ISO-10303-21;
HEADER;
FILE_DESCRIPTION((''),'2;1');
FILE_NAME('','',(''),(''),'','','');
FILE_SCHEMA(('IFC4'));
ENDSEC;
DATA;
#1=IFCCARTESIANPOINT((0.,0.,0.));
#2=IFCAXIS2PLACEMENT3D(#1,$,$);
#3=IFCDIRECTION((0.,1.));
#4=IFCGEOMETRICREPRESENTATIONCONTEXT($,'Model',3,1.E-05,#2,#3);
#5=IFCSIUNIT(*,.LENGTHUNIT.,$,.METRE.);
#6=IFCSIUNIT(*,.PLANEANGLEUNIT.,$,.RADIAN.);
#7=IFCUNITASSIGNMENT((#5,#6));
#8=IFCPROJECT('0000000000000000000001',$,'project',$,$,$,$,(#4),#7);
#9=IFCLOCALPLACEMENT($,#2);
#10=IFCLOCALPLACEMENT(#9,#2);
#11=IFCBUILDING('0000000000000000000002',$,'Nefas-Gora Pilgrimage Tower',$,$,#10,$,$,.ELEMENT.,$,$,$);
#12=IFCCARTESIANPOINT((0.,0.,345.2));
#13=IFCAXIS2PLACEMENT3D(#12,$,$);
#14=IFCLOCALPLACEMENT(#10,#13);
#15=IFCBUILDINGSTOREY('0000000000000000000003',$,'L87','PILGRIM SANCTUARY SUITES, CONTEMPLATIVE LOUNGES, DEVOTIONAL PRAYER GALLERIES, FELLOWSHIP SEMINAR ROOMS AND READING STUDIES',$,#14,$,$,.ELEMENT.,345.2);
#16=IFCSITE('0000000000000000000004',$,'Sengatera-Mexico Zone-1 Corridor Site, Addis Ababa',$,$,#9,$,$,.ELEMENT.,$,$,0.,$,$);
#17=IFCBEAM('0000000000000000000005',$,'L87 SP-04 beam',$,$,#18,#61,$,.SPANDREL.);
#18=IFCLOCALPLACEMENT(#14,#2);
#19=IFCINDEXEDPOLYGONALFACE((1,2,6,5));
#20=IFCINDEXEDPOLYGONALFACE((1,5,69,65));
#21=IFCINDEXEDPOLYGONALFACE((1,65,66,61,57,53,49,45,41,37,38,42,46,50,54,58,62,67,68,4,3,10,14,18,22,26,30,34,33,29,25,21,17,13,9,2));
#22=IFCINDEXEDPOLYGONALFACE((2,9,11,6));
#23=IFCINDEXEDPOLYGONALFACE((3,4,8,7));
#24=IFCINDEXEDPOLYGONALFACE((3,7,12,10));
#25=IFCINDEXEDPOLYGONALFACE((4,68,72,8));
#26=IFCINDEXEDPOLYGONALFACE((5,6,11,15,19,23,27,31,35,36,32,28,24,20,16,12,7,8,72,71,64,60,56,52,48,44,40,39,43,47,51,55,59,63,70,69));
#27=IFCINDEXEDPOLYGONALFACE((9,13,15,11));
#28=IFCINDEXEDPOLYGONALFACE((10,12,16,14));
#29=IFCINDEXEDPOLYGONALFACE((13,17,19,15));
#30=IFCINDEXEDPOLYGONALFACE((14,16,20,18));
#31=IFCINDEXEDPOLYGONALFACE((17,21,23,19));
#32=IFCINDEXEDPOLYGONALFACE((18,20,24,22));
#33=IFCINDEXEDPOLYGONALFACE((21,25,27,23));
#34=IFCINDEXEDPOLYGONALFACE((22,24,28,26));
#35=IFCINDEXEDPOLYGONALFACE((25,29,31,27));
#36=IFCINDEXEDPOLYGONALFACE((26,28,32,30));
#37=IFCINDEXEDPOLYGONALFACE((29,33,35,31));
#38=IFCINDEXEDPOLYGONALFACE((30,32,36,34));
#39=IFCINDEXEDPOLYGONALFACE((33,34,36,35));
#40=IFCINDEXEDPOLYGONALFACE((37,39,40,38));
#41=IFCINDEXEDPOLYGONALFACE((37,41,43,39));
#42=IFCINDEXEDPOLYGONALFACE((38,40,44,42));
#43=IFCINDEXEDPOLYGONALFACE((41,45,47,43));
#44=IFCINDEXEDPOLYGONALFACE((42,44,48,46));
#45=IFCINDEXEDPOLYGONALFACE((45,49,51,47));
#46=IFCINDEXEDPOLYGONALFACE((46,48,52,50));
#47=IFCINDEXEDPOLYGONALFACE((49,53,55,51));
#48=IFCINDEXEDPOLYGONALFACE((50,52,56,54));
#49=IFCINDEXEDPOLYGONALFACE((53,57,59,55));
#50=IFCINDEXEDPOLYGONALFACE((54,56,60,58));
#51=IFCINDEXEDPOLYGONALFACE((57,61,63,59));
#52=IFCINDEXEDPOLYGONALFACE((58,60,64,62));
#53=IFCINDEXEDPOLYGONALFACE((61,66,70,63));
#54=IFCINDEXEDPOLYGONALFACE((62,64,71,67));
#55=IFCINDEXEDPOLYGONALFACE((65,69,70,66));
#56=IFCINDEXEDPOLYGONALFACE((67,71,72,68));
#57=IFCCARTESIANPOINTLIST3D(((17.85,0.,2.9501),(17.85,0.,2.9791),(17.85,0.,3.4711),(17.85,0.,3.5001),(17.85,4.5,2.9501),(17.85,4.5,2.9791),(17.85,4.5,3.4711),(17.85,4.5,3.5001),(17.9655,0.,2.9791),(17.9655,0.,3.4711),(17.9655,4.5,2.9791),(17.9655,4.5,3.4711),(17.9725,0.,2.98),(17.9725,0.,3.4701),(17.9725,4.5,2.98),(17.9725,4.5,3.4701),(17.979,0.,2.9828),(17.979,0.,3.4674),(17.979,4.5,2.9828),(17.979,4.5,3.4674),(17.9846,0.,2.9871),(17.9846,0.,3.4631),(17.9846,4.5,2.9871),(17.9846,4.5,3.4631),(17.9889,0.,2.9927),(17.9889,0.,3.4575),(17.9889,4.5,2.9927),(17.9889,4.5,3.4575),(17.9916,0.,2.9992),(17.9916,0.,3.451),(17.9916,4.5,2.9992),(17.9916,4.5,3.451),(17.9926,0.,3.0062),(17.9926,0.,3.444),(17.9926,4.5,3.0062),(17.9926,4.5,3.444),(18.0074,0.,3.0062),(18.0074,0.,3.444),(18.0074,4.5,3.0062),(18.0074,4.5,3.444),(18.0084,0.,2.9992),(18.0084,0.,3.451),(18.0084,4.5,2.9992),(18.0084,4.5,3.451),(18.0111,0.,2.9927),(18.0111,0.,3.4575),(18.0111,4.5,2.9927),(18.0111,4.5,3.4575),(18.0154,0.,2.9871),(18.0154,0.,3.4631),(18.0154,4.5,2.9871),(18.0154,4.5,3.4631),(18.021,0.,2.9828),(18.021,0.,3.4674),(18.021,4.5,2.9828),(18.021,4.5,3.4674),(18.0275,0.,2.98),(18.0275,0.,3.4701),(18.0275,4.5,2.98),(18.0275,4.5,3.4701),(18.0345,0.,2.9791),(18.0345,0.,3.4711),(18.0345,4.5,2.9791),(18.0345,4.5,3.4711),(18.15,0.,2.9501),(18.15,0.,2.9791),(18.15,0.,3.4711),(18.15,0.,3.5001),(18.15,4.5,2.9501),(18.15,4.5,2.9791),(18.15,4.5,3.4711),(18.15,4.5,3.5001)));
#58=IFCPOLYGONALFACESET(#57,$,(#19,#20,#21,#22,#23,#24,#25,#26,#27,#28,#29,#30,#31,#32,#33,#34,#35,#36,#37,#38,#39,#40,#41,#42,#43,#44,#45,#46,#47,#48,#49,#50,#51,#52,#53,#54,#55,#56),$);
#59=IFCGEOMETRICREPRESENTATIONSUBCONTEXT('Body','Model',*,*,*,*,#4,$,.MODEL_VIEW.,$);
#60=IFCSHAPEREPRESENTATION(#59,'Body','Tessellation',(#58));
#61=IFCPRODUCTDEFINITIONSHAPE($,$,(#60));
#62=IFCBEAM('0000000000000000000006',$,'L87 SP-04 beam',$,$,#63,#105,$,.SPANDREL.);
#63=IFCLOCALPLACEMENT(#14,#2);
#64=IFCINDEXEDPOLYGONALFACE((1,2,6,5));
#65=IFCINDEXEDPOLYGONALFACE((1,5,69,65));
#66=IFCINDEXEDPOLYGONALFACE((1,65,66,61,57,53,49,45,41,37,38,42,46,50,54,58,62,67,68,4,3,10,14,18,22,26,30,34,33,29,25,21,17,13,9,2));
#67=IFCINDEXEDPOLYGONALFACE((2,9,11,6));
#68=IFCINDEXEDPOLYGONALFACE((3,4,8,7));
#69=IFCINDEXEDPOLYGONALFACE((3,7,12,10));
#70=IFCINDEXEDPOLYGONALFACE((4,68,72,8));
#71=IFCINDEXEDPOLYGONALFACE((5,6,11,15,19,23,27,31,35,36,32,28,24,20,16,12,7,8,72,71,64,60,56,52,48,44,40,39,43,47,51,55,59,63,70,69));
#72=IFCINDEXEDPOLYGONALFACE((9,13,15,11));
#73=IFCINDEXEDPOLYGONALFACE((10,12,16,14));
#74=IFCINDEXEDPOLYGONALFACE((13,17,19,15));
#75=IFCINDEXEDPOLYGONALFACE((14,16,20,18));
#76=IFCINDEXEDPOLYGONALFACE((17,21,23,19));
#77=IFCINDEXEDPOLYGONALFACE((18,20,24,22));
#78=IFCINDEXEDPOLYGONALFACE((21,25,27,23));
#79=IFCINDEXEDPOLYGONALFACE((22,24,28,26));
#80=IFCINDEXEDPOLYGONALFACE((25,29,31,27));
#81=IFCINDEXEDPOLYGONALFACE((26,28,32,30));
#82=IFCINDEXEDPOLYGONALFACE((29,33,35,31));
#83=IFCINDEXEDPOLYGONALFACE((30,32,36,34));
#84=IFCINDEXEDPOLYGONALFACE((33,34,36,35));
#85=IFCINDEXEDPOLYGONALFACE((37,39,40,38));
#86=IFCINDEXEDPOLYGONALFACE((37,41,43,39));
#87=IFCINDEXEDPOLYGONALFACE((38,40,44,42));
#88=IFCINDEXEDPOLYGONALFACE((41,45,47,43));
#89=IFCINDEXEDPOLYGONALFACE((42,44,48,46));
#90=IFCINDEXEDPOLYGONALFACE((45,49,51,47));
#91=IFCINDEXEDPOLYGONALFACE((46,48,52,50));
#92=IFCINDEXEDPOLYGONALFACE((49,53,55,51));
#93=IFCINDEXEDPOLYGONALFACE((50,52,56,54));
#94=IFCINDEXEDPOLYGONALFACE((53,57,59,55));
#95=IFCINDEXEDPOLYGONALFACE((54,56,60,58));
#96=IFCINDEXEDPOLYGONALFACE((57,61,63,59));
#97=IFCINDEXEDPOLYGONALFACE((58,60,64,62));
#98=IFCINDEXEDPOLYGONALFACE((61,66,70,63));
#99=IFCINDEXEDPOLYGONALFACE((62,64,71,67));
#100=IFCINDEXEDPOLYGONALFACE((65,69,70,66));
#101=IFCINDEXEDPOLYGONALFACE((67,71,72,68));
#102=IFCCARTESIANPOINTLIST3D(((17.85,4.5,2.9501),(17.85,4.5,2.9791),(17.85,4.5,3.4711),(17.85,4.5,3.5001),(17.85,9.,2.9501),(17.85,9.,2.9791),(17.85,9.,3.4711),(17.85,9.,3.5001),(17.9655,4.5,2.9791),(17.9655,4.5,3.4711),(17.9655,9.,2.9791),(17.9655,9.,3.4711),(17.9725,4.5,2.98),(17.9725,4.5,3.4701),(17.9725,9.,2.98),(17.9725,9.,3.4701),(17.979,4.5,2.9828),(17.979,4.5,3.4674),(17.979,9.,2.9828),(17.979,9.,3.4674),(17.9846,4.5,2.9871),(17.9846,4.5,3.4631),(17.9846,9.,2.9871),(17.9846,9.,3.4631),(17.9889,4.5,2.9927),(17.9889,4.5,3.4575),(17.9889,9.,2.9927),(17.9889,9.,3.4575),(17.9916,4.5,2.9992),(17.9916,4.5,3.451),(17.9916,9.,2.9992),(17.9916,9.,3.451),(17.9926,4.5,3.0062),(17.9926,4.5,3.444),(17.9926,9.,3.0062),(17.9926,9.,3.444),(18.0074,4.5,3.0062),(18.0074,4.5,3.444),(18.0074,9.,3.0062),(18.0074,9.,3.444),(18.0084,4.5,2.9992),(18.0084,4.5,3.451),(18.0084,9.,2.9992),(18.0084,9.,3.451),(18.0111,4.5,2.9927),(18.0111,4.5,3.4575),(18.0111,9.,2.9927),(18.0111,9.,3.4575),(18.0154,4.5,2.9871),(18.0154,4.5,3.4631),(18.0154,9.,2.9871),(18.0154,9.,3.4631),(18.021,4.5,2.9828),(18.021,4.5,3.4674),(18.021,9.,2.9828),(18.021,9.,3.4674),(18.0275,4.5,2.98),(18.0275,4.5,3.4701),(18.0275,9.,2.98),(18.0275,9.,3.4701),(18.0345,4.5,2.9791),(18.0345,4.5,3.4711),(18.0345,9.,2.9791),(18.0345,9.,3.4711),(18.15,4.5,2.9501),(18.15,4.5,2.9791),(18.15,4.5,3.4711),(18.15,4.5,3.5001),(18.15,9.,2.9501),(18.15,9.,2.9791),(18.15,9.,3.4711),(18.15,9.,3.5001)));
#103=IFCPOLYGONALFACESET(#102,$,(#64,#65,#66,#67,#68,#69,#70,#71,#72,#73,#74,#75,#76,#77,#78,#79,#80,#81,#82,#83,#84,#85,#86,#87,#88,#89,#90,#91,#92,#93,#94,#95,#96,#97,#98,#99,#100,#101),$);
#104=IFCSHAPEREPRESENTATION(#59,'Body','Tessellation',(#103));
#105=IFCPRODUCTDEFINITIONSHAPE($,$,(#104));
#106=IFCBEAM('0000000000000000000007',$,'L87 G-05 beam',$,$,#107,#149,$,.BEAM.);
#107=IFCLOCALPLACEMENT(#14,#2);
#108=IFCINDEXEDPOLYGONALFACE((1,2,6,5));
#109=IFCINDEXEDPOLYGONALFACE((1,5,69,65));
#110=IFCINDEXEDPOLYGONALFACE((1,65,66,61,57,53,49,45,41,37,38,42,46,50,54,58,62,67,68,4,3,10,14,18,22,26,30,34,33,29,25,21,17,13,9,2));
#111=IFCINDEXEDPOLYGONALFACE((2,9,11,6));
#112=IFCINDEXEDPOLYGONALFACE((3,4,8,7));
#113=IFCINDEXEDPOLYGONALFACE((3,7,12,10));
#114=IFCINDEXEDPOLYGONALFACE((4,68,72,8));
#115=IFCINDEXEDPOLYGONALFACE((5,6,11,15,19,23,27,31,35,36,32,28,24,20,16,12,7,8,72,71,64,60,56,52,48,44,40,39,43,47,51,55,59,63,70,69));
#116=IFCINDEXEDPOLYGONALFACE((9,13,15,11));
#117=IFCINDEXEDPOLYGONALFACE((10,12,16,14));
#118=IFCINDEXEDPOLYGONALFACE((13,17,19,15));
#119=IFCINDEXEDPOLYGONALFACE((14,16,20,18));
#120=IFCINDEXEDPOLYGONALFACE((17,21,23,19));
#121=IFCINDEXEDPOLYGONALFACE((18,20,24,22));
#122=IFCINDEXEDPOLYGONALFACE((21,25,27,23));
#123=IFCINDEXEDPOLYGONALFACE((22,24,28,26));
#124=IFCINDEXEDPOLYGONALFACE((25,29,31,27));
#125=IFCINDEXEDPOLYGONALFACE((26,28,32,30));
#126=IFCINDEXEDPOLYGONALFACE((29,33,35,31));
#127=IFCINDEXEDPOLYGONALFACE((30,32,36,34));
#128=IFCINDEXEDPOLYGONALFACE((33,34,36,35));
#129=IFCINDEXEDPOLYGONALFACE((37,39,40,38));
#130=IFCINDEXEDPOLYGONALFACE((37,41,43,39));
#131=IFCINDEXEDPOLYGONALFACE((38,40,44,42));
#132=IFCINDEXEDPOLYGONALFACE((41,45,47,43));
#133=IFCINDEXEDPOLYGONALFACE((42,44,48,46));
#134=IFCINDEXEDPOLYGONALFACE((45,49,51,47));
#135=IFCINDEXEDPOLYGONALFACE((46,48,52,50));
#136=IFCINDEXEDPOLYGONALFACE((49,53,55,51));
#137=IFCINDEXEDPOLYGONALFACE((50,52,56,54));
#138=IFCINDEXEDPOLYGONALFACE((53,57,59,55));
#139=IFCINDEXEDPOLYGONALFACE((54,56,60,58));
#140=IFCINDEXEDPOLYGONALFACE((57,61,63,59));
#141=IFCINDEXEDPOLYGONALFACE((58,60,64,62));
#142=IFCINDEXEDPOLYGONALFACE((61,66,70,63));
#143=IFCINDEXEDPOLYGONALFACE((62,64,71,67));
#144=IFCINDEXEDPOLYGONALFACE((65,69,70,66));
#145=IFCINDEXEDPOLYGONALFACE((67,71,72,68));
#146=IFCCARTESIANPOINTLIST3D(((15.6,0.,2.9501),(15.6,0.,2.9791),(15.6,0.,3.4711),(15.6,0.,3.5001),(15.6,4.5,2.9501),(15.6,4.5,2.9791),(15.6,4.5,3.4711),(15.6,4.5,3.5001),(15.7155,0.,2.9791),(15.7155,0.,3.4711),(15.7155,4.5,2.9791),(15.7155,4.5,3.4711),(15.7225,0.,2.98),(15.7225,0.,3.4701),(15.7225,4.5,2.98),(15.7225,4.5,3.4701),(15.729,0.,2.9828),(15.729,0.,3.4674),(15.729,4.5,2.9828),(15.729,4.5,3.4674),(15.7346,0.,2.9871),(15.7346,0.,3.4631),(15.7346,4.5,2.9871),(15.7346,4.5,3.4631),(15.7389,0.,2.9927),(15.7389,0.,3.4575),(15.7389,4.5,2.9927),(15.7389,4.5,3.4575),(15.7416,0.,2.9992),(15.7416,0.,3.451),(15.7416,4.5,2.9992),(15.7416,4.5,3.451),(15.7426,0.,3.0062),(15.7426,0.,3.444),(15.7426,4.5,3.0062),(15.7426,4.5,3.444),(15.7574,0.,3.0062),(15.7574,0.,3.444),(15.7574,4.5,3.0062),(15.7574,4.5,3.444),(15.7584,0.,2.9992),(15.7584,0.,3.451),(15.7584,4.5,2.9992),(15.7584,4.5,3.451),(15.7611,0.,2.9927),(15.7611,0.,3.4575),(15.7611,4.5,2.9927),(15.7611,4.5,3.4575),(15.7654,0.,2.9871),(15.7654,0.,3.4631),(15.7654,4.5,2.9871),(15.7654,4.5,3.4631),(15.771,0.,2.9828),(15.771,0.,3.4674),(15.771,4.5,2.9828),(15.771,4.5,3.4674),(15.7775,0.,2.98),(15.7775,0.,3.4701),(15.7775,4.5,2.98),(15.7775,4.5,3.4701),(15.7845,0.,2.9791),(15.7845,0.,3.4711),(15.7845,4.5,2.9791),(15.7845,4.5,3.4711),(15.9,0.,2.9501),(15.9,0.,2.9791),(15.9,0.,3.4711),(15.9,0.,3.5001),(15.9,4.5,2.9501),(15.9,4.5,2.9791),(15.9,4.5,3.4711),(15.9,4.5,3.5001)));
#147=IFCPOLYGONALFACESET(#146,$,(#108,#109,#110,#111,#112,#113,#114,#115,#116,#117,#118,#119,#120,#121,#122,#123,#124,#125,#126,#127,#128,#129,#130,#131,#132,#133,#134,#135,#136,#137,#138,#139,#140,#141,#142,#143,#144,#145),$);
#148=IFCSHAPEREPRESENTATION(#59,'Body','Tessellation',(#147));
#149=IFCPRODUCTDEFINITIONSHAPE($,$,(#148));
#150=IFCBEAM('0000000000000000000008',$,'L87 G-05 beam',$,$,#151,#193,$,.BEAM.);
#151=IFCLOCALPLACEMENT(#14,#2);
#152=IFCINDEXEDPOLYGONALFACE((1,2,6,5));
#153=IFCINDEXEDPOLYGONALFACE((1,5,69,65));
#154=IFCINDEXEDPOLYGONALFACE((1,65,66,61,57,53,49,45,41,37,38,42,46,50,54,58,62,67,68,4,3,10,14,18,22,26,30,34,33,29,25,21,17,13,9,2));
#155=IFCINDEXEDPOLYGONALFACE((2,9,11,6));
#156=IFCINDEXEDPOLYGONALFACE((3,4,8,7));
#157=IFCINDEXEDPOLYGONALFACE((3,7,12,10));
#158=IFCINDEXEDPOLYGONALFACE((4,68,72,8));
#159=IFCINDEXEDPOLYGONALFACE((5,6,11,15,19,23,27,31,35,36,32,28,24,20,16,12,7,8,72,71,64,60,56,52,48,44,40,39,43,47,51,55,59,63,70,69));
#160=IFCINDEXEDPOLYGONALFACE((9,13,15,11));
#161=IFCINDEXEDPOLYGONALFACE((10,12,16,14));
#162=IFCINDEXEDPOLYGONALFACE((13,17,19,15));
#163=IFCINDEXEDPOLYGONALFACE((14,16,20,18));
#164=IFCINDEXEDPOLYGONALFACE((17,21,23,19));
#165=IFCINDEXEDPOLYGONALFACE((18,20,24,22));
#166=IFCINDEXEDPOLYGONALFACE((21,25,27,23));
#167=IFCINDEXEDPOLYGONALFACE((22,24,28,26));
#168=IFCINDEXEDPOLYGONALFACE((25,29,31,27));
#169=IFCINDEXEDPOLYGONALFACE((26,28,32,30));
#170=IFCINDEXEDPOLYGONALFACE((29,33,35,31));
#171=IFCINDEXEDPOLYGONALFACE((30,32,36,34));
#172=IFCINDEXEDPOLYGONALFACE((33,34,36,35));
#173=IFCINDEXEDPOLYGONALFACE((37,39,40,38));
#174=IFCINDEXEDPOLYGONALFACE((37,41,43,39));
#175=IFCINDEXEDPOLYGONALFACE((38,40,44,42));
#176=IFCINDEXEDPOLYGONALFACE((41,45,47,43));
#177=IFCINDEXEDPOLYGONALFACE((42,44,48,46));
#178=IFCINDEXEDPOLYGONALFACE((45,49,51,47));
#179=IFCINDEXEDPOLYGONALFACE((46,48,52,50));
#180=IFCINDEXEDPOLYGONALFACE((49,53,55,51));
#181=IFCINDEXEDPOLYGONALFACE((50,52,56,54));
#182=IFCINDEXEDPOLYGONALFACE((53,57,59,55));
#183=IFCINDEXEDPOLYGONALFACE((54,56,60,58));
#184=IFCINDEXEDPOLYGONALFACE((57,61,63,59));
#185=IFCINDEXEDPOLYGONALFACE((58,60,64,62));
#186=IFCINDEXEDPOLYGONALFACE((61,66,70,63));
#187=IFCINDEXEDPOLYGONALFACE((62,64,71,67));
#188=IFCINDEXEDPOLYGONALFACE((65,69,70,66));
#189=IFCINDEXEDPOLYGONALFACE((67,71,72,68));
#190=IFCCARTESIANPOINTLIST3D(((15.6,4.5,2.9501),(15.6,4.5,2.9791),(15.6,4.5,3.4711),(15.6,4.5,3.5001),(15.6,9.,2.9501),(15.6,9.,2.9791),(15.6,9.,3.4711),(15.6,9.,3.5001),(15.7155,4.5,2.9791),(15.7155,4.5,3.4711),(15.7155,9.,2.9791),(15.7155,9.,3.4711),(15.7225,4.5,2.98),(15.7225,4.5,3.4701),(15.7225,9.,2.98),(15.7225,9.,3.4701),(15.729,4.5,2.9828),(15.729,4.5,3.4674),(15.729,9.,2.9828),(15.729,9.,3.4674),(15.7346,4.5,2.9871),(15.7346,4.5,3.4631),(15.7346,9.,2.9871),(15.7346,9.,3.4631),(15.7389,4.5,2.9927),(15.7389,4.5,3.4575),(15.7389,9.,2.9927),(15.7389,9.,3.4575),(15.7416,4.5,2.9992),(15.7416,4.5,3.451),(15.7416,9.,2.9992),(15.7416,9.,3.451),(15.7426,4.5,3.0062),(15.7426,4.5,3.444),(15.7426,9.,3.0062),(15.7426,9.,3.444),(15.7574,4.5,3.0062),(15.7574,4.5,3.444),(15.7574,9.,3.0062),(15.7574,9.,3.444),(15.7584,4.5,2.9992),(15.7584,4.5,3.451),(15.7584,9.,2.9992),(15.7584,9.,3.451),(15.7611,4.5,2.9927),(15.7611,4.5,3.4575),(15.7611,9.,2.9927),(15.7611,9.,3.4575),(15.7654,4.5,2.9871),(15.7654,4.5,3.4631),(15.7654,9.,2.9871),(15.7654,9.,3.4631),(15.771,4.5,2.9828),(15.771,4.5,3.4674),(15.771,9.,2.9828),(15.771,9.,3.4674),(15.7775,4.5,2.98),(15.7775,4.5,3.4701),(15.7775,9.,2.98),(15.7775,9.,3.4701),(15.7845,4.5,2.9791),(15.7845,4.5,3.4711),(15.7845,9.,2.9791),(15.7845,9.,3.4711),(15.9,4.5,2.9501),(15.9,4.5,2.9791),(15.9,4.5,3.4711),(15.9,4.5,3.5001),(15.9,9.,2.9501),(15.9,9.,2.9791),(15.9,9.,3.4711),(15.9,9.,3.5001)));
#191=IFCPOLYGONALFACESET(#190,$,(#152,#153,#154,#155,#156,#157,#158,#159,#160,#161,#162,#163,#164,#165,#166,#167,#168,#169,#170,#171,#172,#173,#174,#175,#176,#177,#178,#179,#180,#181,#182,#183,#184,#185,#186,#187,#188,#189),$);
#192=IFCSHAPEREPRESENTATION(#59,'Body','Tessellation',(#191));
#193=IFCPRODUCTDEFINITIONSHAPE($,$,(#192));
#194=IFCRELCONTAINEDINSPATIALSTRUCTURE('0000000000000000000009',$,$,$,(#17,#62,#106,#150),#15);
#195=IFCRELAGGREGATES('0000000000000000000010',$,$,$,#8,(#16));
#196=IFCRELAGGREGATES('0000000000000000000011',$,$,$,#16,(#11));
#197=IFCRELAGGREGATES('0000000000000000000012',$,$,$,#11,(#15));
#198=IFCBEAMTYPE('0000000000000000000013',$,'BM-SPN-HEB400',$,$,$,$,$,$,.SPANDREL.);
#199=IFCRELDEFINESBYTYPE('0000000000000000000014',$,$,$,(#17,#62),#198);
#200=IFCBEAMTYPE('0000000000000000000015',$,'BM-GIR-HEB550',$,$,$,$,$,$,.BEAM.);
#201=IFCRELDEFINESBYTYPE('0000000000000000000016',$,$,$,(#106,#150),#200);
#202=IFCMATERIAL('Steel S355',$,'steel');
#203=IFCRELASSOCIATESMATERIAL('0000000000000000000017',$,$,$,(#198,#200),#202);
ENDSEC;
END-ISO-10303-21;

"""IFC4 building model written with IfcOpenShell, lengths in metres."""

from ifc_helpers import new_model, si_unit, direction, frame, origin, origin_2d, place, context, subcontext, project, spatial, i_section, extrude, source, transform, mapped, material, material_profile, profile_set, type_object, element, save


model = new_model("IFC4")

# Units and contexts
model_context = context("Model", 3, precision=1e-05, world=origin(), true_north=direction((0.0, 1.0)))
body_context = subcontext(model_context, "Body", "Model", "MODEL_VIEW")
ifc_project = project(units=[si_unit("LENGTHUNIT", "METRE"), si_unit("PLANEANGLEUNIT", "RADIAN")], contexts=[model_context])

# Site, building, storey
site_placement = place(None, origin())
site = spatial("IfcSite", under=ifc_project, at=site_placement, Name="Sengatera-Mexico Zone-1 Corridor Site, Addis Ababa", CompositionType="ELEMENT", RefElevation=0.0)
building_placement = place(site_placement, origin())
building = spatial("IfcBuilding", under=site, at=building_placement, Name="Nefas-Gora Pilgrimage Tower", CompositionType="ELEMENT")
storey_placement = place(building_placement, frame((0.0, 0.0, 345.2)))
storey = spatial("IfcBuildingStorey", under=building, at=storey_placement, Name="L87", Description="PILGRIM SANCTUARY SUITES, CONTEMPLATIVE LOUNGES, DEVOTIONAL PRAYER GALLERIES, FELLOWSHIP SEMINAR ROOMS AND READING STUDIES", CompositionType="ELEMENT", Elevation=345.2)

# Shared definitions
ifc_material_1 = material(Name="Steel S355", Category="steel")

# Beams
ifc_material_profile_1 = material_profile(ifc_material_1, i_section(OverallWidth=0.3, OverallDepth=0.55, WebThickness=0.0149, FlangeThickness=0.0291, FilletRadius=0.0271, at=origin_2d()), Name="HEB 550")
ifc_profile_set_1 = profile_set([ifc_material_profile_1], Name="Steel S355")
beam_type_1 = type_object("IfcBeamType", Name="BM-SPN-HEB400", PredefinedType="SPANDREL", material=ifc_profile_set_1)
shared_shape_1 = source(origin(), body_context, "Body", "SweptSolid", [
    extrude(i_section(OverallWidth=0.3, OverallDepth=0.55, WebThickness=0.0149, FlangeThickness=0.0291, FilletRadius=0.0271, at=origin_2d()), origin(), (0.0, 0.0, 1.0), 4.5),
])
for number, where, z_axis, x_axis, name in (
    (1, (18.0, 0.0, 3.2251), (0.0, 1.0, 0.0), (-1.0, 0.0, 0.0), "L87 SP-04 beam"),
    (2, (18.0, 4.5, 3.2251), (0.0, 1.0, 0.0), (-1.0, 0.0, 0.0), "L87 SP-04 beam"),
):
    element("IfcBeam", number, at=place(storey_placement, frame(where, z_axis=z_axis, x_axis=x_axis)), inside=storey, type_object=beam_type_1, Name=name, PredefinedType="SPANDREL", context=body_context, shape_type="MappedRepresentation", body=[
        mapped(shared_shape_1, transform((0.0, 0.0, 0.0), x_axis=(1.0, 0.0, 0.0), y_axis=(0.0, 1.0, 0.0), z_axis=(0.0, 0.0, 1.0), scale=1.0)),
    ])
ifc_material_profile_2 = material_profile(ifc_material_1, i_section(OverallWidth=0.3, OverallDepth=0.55, WebThickness=0.0149, FlangeThickness=0.0291, FilletRadius=0.0271, at=origin_2d()), Name="HEB 550")
ifc_profile_set_2 = profile_set([ifc_material_profile_2], Name="Steel S355")
beam_type_2 = type_object("IfcBeamType", Name="BM-GIR-HEB550", PredefinedType="BEAM", material=ifc_profile_set_2)
shared_shape_2 = source(origin(), body_context, "Body", "SweptSolid", [
    extrude(i_section(OverallWidth=0.3, OverallDepth=0.55, WebThickness=0.0149, FlangeThickness=0.0291, FilletRadius=0.0271, at=origin_2d()), origin(), (0.0, 0.0, 1.0), 4.5),
])
for number, where, z_axis, x_axis, name in (
    (3, (15.75, 0.0, 3.2251), (0.0, 1.0, 0.0), (-1.0, 0.0, 0.0), "L87 G-05 beam"),
    (4, (15.75, 4.5, 3.2251), (0.0, 1.0, 0.0), (-1.0, 0.0, 0.0), "L87 G-05 beam"),
):
    element("IfcBeam", number, at=place(storey_placement, frame(where, z_axis=z_axis, x_axis=x_axis)), inside=storey, type_object=beam_type_2, Name=name, PredefinedType="BEAM", context=body_context, shape_type="MappedRepresentation", body=[
        mapped(shared_shape_2, transform((0.0, 0.0, 0.0), x_axis=(1.0, 0.0, 0.0), y_axis=(0.0, 1.0, 0.0), z_axis=(0.0, 0.0, 1.0), scale=1.0)),
    ])

save(model, "model.ifc")
